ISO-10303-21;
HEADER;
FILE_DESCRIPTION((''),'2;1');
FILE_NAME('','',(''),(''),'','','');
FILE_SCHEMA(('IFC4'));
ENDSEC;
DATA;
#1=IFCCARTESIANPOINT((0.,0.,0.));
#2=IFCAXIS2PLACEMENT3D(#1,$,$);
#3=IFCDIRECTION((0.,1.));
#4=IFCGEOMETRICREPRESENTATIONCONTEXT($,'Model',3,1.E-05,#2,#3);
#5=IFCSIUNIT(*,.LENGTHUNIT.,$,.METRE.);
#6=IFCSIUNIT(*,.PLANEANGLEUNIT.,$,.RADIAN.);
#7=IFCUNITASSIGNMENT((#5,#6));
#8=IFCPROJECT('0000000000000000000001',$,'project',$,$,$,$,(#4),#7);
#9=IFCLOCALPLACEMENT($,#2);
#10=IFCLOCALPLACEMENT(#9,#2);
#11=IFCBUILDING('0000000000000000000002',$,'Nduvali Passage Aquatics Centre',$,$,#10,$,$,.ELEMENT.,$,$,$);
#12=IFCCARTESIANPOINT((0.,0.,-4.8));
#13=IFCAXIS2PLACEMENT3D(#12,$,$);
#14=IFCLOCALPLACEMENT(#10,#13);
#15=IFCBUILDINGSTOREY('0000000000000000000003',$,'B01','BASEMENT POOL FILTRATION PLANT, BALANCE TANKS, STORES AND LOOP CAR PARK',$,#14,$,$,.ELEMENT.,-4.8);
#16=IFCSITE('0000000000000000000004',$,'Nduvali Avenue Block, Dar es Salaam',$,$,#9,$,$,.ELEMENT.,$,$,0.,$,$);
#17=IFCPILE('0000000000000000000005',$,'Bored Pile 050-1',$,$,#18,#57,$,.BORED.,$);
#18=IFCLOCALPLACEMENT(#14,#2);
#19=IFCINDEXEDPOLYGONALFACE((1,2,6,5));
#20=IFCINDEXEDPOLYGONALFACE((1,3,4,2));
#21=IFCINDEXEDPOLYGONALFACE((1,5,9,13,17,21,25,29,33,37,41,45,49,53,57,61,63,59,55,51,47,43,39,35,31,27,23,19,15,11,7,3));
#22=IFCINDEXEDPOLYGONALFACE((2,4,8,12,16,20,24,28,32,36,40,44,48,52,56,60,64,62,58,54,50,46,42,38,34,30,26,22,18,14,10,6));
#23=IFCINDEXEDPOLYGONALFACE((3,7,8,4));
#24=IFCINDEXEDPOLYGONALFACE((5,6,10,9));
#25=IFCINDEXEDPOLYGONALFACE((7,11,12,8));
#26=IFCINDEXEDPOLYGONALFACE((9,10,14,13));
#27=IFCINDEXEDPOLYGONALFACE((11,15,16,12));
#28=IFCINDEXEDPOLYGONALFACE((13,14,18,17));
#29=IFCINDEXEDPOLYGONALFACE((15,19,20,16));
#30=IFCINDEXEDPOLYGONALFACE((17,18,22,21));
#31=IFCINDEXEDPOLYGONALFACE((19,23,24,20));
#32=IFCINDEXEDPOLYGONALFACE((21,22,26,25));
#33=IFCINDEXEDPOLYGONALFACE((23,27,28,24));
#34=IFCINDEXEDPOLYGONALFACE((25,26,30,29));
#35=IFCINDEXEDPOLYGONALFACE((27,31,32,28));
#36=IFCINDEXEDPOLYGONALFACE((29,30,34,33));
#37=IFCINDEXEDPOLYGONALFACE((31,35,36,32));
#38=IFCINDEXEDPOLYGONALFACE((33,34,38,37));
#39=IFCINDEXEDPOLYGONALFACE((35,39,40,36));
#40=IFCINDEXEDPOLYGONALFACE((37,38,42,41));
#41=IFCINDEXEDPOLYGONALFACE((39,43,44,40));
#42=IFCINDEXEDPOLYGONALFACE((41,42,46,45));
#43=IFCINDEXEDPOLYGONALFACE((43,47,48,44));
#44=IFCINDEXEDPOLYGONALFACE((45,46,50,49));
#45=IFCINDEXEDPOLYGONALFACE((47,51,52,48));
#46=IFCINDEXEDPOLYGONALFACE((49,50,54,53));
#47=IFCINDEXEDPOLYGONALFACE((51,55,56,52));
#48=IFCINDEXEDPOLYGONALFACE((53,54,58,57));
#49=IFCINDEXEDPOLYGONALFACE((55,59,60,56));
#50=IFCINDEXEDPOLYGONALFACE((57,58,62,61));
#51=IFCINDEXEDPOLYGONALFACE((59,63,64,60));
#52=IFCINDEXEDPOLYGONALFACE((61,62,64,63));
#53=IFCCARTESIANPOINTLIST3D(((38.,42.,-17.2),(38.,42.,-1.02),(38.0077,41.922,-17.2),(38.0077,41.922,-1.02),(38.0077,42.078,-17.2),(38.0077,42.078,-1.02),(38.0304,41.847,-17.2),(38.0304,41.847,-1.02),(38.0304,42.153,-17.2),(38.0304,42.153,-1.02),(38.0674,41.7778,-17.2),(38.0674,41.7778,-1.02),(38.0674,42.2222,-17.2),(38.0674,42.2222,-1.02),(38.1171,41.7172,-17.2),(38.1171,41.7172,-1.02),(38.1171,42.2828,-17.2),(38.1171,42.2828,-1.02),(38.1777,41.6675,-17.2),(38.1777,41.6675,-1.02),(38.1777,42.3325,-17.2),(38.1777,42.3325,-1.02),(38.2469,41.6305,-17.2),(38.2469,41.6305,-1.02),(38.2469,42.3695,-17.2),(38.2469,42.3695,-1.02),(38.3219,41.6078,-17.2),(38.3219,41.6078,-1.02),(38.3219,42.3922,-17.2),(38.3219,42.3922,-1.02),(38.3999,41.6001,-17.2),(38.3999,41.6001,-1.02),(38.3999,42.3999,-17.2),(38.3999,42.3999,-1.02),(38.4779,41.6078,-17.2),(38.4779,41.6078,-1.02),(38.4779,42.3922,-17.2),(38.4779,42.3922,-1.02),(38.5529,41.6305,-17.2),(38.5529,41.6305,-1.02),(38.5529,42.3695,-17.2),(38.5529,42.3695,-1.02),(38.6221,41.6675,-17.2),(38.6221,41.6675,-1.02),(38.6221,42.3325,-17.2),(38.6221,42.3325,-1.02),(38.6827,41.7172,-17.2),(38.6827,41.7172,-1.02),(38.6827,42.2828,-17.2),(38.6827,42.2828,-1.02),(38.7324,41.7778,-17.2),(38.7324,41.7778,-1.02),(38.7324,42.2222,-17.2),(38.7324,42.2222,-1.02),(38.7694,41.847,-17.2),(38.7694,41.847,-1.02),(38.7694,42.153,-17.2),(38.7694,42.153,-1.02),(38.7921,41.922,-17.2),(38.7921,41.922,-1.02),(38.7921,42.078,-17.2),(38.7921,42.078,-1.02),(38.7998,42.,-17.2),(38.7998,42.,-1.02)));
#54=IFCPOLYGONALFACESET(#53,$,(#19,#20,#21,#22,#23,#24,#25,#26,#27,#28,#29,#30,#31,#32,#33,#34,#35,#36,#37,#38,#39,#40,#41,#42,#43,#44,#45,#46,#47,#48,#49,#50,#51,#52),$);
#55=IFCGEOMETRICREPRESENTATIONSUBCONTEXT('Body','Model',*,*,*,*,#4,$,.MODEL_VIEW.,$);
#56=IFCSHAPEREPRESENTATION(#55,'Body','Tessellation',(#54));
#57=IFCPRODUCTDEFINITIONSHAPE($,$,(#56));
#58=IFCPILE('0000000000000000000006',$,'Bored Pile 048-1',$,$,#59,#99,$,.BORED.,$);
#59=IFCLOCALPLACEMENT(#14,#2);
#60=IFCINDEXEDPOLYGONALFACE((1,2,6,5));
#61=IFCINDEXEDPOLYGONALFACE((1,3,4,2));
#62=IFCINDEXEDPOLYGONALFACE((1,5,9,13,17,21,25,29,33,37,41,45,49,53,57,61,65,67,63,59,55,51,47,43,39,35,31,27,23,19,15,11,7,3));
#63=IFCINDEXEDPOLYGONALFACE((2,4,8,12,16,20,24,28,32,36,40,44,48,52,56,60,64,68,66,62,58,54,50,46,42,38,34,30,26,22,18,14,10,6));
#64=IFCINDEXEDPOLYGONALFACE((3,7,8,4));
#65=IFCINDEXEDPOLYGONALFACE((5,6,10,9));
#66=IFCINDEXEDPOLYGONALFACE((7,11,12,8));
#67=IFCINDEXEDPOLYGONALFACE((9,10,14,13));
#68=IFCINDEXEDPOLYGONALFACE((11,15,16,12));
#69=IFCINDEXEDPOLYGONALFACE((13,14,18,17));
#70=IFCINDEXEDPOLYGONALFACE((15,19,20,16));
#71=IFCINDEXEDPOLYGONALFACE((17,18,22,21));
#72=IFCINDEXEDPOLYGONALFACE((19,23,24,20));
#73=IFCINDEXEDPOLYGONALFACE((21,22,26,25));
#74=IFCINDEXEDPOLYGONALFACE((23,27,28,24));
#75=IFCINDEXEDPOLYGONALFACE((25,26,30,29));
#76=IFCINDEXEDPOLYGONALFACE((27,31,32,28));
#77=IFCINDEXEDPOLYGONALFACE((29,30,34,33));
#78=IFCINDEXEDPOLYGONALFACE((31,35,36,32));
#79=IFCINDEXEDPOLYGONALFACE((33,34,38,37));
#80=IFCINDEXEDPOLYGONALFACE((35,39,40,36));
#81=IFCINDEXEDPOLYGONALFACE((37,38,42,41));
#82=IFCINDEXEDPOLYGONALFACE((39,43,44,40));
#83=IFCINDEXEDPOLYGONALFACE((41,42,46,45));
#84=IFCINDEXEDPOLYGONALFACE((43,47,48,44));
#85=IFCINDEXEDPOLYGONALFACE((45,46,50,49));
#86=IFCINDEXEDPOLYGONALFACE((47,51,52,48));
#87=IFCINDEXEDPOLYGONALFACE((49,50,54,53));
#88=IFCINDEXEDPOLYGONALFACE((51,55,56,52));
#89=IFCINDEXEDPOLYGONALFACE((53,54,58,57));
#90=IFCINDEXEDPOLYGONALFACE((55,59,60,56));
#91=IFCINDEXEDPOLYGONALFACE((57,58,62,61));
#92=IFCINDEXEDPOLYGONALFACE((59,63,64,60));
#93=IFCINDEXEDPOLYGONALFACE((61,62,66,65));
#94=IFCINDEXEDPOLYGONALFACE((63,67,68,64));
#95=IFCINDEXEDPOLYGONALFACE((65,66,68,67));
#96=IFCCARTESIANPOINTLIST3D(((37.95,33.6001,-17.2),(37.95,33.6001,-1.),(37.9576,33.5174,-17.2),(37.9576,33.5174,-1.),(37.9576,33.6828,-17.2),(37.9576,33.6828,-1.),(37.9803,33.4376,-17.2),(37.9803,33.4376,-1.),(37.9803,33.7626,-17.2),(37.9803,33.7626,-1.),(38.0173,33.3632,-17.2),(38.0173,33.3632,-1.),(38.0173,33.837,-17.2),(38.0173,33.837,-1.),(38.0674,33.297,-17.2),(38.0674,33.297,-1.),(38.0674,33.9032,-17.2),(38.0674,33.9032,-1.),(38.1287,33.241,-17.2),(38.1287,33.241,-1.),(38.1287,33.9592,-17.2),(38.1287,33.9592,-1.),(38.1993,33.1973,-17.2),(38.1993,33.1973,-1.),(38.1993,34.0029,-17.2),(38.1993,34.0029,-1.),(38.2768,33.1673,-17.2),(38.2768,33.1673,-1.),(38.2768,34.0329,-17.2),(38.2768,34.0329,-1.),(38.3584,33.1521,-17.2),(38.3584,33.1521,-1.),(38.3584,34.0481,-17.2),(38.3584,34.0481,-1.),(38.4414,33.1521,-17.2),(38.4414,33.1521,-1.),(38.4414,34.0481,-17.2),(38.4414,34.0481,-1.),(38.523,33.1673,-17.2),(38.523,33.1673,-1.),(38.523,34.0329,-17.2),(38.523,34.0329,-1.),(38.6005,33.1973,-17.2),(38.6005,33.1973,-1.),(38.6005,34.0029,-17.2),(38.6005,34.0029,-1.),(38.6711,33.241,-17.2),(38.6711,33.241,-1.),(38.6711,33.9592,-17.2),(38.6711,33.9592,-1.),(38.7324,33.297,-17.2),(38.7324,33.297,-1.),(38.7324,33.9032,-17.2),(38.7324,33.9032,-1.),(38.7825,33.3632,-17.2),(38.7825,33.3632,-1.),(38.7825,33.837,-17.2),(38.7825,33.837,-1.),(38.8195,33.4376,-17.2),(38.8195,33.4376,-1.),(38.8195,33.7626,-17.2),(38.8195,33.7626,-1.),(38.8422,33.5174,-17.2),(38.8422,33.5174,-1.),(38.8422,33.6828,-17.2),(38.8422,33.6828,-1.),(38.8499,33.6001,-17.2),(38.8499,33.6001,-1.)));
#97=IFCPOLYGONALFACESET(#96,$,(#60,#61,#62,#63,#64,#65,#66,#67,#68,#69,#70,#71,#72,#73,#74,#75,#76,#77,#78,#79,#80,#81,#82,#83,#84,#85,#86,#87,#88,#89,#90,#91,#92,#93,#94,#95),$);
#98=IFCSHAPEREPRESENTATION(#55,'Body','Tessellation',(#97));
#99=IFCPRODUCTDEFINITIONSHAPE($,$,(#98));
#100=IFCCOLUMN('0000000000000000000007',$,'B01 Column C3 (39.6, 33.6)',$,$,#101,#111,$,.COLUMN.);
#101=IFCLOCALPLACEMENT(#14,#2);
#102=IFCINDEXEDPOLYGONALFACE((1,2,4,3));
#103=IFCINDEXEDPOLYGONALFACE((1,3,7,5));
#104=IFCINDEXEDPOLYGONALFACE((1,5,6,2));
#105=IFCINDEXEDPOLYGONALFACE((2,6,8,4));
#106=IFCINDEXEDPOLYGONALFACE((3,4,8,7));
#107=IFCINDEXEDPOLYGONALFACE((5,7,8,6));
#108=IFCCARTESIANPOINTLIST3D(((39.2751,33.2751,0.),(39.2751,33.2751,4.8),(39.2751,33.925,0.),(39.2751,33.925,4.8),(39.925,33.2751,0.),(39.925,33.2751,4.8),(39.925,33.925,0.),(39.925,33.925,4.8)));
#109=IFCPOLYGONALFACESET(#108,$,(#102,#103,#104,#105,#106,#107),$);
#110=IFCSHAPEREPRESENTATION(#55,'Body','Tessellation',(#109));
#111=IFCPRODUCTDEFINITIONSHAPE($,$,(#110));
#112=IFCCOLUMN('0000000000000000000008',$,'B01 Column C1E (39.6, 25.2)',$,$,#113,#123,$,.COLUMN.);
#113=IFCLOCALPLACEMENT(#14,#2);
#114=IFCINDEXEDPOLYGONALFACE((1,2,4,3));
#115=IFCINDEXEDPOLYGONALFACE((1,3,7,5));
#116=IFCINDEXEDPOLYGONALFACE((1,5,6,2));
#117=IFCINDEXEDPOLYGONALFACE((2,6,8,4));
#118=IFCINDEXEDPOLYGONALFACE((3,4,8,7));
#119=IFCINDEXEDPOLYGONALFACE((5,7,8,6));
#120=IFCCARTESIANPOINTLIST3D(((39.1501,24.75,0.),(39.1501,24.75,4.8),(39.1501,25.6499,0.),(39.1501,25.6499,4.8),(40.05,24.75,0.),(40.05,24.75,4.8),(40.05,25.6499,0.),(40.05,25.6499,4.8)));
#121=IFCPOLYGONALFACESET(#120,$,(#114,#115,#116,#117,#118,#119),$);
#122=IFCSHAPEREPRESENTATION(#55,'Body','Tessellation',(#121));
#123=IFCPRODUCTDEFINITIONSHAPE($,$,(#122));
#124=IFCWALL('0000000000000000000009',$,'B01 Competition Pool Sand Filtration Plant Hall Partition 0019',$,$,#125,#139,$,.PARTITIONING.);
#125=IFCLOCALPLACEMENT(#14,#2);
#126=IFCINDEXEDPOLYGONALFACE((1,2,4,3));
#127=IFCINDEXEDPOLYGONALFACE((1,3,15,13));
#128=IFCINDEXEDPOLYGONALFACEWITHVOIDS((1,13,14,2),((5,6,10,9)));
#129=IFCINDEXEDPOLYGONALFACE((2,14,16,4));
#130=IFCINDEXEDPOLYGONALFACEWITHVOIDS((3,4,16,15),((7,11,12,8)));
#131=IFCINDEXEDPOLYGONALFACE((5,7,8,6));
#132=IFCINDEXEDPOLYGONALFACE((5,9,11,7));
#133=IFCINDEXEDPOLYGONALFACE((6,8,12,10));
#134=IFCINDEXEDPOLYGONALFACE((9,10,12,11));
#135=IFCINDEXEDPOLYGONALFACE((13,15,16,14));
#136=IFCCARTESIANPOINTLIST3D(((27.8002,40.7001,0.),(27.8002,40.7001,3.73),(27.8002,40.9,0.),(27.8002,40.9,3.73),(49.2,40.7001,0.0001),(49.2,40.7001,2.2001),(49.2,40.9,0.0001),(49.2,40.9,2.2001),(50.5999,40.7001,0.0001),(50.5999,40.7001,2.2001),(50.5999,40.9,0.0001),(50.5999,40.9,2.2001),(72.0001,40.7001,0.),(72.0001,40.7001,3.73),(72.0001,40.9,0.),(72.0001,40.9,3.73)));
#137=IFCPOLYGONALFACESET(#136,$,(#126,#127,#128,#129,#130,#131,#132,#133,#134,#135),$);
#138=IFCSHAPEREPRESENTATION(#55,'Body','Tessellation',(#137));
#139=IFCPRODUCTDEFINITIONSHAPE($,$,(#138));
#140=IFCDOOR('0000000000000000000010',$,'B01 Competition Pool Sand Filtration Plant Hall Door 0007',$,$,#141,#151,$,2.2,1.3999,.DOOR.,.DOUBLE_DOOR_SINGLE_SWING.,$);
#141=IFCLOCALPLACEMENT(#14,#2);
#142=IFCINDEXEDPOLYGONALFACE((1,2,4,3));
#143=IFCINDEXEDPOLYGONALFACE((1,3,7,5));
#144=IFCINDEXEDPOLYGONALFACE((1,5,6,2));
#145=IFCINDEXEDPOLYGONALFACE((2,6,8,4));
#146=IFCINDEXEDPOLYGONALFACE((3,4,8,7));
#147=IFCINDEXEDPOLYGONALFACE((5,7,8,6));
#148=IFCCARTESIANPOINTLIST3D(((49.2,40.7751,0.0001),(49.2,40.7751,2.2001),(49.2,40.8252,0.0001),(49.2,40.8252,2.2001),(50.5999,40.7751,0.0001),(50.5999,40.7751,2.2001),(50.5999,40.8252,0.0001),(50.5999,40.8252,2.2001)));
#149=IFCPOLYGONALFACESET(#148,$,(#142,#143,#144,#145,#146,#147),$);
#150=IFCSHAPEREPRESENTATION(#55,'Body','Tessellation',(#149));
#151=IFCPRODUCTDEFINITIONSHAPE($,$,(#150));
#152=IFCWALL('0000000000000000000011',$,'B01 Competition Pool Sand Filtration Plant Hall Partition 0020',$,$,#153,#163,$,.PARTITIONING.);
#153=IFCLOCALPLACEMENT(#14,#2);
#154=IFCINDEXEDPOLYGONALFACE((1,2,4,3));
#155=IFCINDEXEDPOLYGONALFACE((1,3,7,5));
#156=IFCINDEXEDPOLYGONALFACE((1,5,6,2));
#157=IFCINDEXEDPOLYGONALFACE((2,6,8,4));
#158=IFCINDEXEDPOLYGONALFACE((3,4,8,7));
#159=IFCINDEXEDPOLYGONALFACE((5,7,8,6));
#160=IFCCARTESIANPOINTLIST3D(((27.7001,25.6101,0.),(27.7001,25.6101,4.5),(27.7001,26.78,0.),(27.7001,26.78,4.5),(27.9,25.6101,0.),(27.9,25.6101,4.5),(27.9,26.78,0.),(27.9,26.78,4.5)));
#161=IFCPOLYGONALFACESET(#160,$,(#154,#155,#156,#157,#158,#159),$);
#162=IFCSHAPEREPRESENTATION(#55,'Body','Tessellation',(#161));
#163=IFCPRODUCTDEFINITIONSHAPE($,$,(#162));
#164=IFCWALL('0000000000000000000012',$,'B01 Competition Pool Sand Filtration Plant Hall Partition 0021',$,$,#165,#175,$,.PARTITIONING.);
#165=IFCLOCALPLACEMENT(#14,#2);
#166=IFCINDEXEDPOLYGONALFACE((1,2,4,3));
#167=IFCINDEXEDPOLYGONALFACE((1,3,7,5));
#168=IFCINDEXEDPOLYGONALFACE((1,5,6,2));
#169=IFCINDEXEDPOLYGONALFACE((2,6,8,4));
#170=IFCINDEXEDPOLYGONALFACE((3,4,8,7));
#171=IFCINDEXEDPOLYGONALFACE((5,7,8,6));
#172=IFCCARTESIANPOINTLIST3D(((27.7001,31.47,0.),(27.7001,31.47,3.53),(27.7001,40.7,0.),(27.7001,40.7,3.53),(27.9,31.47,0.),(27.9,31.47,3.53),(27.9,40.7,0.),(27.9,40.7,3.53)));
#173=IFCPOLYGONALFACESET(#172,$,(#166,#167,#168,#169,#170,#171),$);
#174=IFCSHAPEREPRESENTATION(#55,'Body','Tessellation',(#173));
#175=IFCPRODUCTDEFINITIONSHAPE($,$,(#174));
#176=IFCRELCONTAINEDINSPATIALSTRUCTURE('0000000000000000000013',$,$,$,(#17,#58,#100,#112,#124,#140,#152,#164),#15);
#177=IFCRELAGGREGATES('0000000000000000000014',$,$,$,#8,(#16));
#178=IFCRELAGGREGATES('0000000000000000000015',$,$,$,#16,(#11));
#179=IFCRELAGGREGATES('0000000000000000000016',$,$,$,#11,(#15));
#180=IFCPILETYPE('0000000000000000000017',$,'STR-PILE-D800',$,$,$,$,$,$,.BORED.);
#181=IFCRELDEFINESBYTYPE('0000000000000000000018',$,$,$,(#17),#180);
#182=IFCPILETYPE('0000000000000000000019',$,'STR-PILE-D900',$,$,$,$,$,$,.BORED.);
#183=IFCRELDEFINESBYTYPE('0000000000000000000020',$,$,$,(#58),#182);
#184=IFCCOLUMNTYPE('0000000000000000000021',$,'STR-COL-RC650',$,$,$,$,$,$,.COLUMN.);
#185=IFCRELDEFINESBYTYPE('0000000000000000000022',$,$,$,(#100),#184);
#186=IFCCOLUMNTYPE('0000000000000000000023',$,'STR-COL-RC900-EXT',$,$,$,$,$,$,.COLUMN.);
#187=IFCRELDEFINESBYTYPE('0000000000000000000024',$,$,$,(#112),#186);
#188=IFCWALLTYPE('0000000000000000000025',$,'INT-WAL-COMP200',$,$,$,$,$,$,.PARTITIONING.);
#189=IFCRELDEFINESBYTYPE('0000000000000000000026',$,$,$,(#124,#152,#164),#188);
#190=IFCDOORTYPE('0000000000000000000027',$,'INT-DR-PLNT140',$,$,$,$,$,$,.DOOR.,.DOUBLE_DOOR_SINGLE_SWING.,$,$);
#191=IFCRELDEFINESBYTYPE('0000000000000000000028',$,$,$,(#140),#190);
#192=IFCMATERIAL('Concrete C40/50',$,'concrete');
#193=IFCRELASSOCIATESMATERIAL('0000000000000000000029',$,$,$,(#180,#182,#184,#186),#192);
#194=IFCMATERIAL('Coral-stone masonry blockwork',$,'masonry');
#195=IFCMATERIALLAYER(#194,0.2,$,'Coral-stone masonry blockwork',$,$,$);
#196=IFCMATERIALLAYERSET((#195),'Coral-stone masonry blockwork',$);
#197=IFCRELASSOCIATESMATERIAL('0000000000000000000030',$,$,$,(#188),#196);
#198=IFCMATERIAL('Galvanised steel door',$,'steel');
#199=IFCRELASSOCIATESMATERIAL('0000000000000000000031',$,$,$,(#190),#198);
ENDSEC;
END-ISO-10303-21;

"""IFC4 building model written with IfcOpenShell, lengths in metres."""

from ifc_helpers import new_model, si_unit, direction, frame, frame_2d, origin, origin_2d, place, context, subcontext, project, spatial, rectangle, circle, extrude, material, layer, layer_set, material_profile, profile_set, type_object, element, fill, save


model = new_model("IFC4")

# Units and contexts
model_context = context("Model", 3, precision=1e-05, world=origin(), true_north=direction((0.0, 1.0)))
body_context = subcontext(model_context, "Body", "Model", "MODEL_VIEW")
ifc_project = project(units=[si_unit("LENGTHUNIT", "METRE"), si_unit("PLANEANGLEUNIT", "RADIAN")], contexts=[model_context])

# Site, building, storey
site_placement = place(None, origin())
site = spatial("IfcSite", under=ifc_project, at=site_placement, Name="Nduvali Avenue Block, Dar es Salaam", CompositionType="ELEMENT", RefElevation=0.0)
building_placement = place(site_placement, origin())
building = spatial("IfcBuilding", under=site, at=building_placement, Name="Nduvali Passage Aquatics Centre", CompositionType="ELEMENT")
storey_placement = place(building_placement, frame((0.0, 0.0, -4.8)))
storey = spatial("IfcBuildingStorey", under=building, at=storey_placement, Name="B01", Description="BASEMENT POOL FILTRATION PLANT, BALANCE TANKS, STORES AND LOOP CAR PARK", CompositionType="ELEMENT", Elevation=-4.8)

# Shared definitions
ifc_material_1 = material(Name="Concrete C40/50", Category="concrete")

# Piles
ifc_material_profile_1 = material_profile(ifc_material_1, circle(Radius=0.3999, at=origin_2d()), Name="PILE D800")
ifc_profile_set_1 = profile_set([ifc_material_profile_1], Name="Concrete C40/50")
pile_type_1 = type_object("IfcPileType", Name="STR-PILE-D800", PredefinedType="BORED", material=ifc_profile_set_1)
pile_1_placement = place(storey_placement, frame((38.3999, 42.0, -1.02), z_axis=(0.0, 0.0, -1.0), x_axis=(1.0, 0.0, 0.0)))
element("IfcPile", 1, at=pile_1_placement, inside=storey, type_object=pile_type_1, Name="Bored Pile 050-1", PredefinedType="BORED", context=body_context, shape_type="SweptSolid", body=[
    extrude(circle(Radius=0.3999, at=origin_2d()), origin(), (0.0, 0.0, 1.0), 16.1799),
])
ifc_material_profile_2 = material_profile(ifc_material_1, circle(Radius=0.45, at=origin_2d()), Name="PILE D900")
ifc_profile_set_2 = profile_set([ifc_material_profile_2], Name="Concrete C40/50")
pile_type_2 = type_object("IfcPileType", Name="STR-PILE-D900", PredefinedType="BORED", material=ifc_profile_set_2)
pile_2_placement = place(storey_placement, frame((38.3999, 33.6001, -1.0), z_axis=(0.0, 0.0, -1.0), x_axis=(1.0, 0.0, 0.0)))
element("IfcPile", 2, at=pile_2_placement, inside=storey, type_object=pile_type_2, Name="Bored Pile 048-1", PredefinedType="BORED", context=body_context, shape_type="SweptSolid", body=[
    extrude(circle(Radius=0.45, at=origin_2d()), origin(), (0.0, 0.0, 1.0), 16.2),
])

# Columns
ifc_material_profile_3 = material_profile(ifc_material_1, rectangle(XDim=0.6499, YDim=0.6499, at=origin_2d()), Name="RC 650x650")
ifc_profile_set_3 = profile_set([ifc_material_profile_3], Name="Concrete C40/50")
column_type_1 = type_object("IfcColumnType", Name="STR-COL-RC650", PredefinedType="COLUMN", material=ifc_profile_set_3)
column_1_placement = place(storey_placement, frame((39.6001, 33.6001, 0.0), z_axis=(0.0, 0.0, 1.0), x_axis=(1.0, 0.0, 0.0)))
element("IfcColumn", 3, at=column_1_placement, inside=storey, type_object=column_type_1, Name="B01 Column C3 (39.6, 33.6)", PredefinedType="COLUMN", context=body_context, shape_type="SweptSolid", body=[
    extrude(rectangle(XDim=0.6499, YDim=0.6499, at=origin_2d()), origin(), (0.0, 0.0, 1.0), 4.8),
])
ifc_material_profile_4 = material_profile(ifc_material_1, rectangle(XDim=0.8999, YDim=0.8999, at=origin_2d()), Name="RC 900x900")
ifc_profile_set_4 = profile_set([ifc_material_profile_4], Name="Concrete C40/50")
column_type_2 = type_object("IfcColumnType", Name="STR-COL-RC900-EXT", PredefinedType="COLUMN", material=ifc_profile_set_4)
column_2_placement = place(storey_placement, frame((39.6001, 25.2, 0.0), z_axis=(0.0, 0.0, 1.0), x_axis=(1.0, 0.0, 0.0)))
element("IfcColumn", 4, at=column_2_placement, inside=storey, type_object=column_type_2, Name="B01 Column C1E (39.6, 25.2)", PredefinedType="COLUMN", context=body_context, shape_type="SweptSolid", body=[
    extrude(rectangle(XDim=0.8999, YDim=0.8999, at=origin_2d()), origin(), (0.0, 0.0, 1.0), 4.8),
])

# Wall, opening, door
ifc_material_2 = material(Name="Coral-stone masonry blockwork", Category="masonry")
ifc_layer_1 = layer(ifc_material_2, 0.2, Name="Coral-stone masonry blockwork")
ifc_layer_set_1 = layer_set([ifc_layer_1], Name="Coral-stone masonry blockwork")
wall_type_1 = type_object("IfcWallType", Name="INT-WAL-COMP200", PredefinedType="PARTITIONING", material=ifc_layer_set_1)
wall_1_placement = place(storey_placement, frame((27.8, 40.8, 0.0), z_axis=(0.0, 0.0, 1.0), x_axis=(1.0, 0.0, 0.0)))
wall_1 = element("IfcWall", 5, at=wall_1_placement, inside=storey, type_object=wall_type_1, Name="B01 Competition Pool Sand Filtration Plant Hall Partition 0019", PredefinedType="PARTITIONING", context=body_context, shape_type="SweptSolid", body=[
    extrude(rectangle(XDim=44.2, YDim=0.2, at=frame_2d((22.1001, 0.0))), origin(), (0.0, 0.0, 1.0), 3.73),
])
opening_1_placement = place(wall_1_placement, frame((21.3999, 0.0, 0.0)))
opening_1 = element("IfcOpeningElement", 6, at=opening_1_placement, cuts=wall_1, PredefinedType="OPENING", context=body_context, shape_type="SweptSolid", body=[
    extrude(rectangle(XDim=1.3999, YDim=2.2, at=frame_2d((0.7, 1.1001))), frame((0.0, 0.1147, 0.0), z_axis=(0.0, -1.0, 0.0), x_axis=(1.0, 0.0, 0.0)), (0.0, 0.0, 1.0), 0.2297),
])
ifc_material_3 = material(Name="Galvanised steel door", Category="steel")
door_type = type_object("IfcDoorType", Name="INT-DR-PLNT140", OperationType="DOUBLE_DOOR_SINGLE_SWING", PredefinedType="DOOR", material=ifc_material_3)
door_1_placement = place(opening_1_placement, frame((1.3999, 0.0, 0.0), z_axis=(0.0, 0.0, 1.0), x_axis=(-1.0, 0.0, 0.0)))
door_1 = element("IfcDoor", 7, at=door_1_placement, inside=storey, type_object=door_type, Name="B01 Competition Pool Sand Filtration Plant Hall Door 0007", OperationType="DOUBLE_DOOR_SINGLE_SWING", OverallHeight=2.2, OverallWidth=1.3999, PredefinedType="DOOR", context=body_context, shape_type="SweptSolid", body=[
    extrude(rectangle(XDim=1.3999, YDim=2.2, at=frame_2d((0.7, 1.1001))), frame((0.0, 0.0249, 0.0), z_axis=(0.0, -1.0, 0.0), x_axis=(1.0, 0.0, 0.0)), (0.0, 0.0, 1.0), 0.05),
])
fill(opening_1, door_1)

# Walls
wall_2_placement = place(storey_placement, frame((27.8, 25.6101, 0.0), z_axis=(0.0, 0.0, 1.0), x_axis=(0.0, 1.0, 0.0)))
element("IfcWall", 8, at=wall_2_placement, inside=storey, type_object=wall_type_1, Name="B01 Competition Pool Sand Filtration Plant Hall Partition 0020", PredefinedType="PARTITIONING", context=body_context, shape_type="SweptSolid", body=[
    extrude(rectangle(XDim=1.1699, YDim=0.2, at=frame_2d((0.585, 0.0))), origin(), (0.0, 0.0, 1.0), 4.5),
])
wall_3_placement = place(storey_placement, frame((27.8, 31.47, 0.0), z_axis=(0.0, 0.0, 1.0), x_axis=(0.0, 1.0, 0.0)))
element("IfcWall", 9, at=wall_3_placement, inside=storey, type_object=wall_type_1, Name="B01 Competition Pool Sand Filtration Plant Hall Partition 0021", PredefinedType="PARTITIONING", context=body_context, shape_type="SweptSolid", body=[
    extrude(rectangle(XDim=9.23, YDim=0.2, at=frame_2d((4.615, 0.0))), origin(), (0.0, 0.0, 1.0), 3.53),
])

save(model, "model.ifc")
